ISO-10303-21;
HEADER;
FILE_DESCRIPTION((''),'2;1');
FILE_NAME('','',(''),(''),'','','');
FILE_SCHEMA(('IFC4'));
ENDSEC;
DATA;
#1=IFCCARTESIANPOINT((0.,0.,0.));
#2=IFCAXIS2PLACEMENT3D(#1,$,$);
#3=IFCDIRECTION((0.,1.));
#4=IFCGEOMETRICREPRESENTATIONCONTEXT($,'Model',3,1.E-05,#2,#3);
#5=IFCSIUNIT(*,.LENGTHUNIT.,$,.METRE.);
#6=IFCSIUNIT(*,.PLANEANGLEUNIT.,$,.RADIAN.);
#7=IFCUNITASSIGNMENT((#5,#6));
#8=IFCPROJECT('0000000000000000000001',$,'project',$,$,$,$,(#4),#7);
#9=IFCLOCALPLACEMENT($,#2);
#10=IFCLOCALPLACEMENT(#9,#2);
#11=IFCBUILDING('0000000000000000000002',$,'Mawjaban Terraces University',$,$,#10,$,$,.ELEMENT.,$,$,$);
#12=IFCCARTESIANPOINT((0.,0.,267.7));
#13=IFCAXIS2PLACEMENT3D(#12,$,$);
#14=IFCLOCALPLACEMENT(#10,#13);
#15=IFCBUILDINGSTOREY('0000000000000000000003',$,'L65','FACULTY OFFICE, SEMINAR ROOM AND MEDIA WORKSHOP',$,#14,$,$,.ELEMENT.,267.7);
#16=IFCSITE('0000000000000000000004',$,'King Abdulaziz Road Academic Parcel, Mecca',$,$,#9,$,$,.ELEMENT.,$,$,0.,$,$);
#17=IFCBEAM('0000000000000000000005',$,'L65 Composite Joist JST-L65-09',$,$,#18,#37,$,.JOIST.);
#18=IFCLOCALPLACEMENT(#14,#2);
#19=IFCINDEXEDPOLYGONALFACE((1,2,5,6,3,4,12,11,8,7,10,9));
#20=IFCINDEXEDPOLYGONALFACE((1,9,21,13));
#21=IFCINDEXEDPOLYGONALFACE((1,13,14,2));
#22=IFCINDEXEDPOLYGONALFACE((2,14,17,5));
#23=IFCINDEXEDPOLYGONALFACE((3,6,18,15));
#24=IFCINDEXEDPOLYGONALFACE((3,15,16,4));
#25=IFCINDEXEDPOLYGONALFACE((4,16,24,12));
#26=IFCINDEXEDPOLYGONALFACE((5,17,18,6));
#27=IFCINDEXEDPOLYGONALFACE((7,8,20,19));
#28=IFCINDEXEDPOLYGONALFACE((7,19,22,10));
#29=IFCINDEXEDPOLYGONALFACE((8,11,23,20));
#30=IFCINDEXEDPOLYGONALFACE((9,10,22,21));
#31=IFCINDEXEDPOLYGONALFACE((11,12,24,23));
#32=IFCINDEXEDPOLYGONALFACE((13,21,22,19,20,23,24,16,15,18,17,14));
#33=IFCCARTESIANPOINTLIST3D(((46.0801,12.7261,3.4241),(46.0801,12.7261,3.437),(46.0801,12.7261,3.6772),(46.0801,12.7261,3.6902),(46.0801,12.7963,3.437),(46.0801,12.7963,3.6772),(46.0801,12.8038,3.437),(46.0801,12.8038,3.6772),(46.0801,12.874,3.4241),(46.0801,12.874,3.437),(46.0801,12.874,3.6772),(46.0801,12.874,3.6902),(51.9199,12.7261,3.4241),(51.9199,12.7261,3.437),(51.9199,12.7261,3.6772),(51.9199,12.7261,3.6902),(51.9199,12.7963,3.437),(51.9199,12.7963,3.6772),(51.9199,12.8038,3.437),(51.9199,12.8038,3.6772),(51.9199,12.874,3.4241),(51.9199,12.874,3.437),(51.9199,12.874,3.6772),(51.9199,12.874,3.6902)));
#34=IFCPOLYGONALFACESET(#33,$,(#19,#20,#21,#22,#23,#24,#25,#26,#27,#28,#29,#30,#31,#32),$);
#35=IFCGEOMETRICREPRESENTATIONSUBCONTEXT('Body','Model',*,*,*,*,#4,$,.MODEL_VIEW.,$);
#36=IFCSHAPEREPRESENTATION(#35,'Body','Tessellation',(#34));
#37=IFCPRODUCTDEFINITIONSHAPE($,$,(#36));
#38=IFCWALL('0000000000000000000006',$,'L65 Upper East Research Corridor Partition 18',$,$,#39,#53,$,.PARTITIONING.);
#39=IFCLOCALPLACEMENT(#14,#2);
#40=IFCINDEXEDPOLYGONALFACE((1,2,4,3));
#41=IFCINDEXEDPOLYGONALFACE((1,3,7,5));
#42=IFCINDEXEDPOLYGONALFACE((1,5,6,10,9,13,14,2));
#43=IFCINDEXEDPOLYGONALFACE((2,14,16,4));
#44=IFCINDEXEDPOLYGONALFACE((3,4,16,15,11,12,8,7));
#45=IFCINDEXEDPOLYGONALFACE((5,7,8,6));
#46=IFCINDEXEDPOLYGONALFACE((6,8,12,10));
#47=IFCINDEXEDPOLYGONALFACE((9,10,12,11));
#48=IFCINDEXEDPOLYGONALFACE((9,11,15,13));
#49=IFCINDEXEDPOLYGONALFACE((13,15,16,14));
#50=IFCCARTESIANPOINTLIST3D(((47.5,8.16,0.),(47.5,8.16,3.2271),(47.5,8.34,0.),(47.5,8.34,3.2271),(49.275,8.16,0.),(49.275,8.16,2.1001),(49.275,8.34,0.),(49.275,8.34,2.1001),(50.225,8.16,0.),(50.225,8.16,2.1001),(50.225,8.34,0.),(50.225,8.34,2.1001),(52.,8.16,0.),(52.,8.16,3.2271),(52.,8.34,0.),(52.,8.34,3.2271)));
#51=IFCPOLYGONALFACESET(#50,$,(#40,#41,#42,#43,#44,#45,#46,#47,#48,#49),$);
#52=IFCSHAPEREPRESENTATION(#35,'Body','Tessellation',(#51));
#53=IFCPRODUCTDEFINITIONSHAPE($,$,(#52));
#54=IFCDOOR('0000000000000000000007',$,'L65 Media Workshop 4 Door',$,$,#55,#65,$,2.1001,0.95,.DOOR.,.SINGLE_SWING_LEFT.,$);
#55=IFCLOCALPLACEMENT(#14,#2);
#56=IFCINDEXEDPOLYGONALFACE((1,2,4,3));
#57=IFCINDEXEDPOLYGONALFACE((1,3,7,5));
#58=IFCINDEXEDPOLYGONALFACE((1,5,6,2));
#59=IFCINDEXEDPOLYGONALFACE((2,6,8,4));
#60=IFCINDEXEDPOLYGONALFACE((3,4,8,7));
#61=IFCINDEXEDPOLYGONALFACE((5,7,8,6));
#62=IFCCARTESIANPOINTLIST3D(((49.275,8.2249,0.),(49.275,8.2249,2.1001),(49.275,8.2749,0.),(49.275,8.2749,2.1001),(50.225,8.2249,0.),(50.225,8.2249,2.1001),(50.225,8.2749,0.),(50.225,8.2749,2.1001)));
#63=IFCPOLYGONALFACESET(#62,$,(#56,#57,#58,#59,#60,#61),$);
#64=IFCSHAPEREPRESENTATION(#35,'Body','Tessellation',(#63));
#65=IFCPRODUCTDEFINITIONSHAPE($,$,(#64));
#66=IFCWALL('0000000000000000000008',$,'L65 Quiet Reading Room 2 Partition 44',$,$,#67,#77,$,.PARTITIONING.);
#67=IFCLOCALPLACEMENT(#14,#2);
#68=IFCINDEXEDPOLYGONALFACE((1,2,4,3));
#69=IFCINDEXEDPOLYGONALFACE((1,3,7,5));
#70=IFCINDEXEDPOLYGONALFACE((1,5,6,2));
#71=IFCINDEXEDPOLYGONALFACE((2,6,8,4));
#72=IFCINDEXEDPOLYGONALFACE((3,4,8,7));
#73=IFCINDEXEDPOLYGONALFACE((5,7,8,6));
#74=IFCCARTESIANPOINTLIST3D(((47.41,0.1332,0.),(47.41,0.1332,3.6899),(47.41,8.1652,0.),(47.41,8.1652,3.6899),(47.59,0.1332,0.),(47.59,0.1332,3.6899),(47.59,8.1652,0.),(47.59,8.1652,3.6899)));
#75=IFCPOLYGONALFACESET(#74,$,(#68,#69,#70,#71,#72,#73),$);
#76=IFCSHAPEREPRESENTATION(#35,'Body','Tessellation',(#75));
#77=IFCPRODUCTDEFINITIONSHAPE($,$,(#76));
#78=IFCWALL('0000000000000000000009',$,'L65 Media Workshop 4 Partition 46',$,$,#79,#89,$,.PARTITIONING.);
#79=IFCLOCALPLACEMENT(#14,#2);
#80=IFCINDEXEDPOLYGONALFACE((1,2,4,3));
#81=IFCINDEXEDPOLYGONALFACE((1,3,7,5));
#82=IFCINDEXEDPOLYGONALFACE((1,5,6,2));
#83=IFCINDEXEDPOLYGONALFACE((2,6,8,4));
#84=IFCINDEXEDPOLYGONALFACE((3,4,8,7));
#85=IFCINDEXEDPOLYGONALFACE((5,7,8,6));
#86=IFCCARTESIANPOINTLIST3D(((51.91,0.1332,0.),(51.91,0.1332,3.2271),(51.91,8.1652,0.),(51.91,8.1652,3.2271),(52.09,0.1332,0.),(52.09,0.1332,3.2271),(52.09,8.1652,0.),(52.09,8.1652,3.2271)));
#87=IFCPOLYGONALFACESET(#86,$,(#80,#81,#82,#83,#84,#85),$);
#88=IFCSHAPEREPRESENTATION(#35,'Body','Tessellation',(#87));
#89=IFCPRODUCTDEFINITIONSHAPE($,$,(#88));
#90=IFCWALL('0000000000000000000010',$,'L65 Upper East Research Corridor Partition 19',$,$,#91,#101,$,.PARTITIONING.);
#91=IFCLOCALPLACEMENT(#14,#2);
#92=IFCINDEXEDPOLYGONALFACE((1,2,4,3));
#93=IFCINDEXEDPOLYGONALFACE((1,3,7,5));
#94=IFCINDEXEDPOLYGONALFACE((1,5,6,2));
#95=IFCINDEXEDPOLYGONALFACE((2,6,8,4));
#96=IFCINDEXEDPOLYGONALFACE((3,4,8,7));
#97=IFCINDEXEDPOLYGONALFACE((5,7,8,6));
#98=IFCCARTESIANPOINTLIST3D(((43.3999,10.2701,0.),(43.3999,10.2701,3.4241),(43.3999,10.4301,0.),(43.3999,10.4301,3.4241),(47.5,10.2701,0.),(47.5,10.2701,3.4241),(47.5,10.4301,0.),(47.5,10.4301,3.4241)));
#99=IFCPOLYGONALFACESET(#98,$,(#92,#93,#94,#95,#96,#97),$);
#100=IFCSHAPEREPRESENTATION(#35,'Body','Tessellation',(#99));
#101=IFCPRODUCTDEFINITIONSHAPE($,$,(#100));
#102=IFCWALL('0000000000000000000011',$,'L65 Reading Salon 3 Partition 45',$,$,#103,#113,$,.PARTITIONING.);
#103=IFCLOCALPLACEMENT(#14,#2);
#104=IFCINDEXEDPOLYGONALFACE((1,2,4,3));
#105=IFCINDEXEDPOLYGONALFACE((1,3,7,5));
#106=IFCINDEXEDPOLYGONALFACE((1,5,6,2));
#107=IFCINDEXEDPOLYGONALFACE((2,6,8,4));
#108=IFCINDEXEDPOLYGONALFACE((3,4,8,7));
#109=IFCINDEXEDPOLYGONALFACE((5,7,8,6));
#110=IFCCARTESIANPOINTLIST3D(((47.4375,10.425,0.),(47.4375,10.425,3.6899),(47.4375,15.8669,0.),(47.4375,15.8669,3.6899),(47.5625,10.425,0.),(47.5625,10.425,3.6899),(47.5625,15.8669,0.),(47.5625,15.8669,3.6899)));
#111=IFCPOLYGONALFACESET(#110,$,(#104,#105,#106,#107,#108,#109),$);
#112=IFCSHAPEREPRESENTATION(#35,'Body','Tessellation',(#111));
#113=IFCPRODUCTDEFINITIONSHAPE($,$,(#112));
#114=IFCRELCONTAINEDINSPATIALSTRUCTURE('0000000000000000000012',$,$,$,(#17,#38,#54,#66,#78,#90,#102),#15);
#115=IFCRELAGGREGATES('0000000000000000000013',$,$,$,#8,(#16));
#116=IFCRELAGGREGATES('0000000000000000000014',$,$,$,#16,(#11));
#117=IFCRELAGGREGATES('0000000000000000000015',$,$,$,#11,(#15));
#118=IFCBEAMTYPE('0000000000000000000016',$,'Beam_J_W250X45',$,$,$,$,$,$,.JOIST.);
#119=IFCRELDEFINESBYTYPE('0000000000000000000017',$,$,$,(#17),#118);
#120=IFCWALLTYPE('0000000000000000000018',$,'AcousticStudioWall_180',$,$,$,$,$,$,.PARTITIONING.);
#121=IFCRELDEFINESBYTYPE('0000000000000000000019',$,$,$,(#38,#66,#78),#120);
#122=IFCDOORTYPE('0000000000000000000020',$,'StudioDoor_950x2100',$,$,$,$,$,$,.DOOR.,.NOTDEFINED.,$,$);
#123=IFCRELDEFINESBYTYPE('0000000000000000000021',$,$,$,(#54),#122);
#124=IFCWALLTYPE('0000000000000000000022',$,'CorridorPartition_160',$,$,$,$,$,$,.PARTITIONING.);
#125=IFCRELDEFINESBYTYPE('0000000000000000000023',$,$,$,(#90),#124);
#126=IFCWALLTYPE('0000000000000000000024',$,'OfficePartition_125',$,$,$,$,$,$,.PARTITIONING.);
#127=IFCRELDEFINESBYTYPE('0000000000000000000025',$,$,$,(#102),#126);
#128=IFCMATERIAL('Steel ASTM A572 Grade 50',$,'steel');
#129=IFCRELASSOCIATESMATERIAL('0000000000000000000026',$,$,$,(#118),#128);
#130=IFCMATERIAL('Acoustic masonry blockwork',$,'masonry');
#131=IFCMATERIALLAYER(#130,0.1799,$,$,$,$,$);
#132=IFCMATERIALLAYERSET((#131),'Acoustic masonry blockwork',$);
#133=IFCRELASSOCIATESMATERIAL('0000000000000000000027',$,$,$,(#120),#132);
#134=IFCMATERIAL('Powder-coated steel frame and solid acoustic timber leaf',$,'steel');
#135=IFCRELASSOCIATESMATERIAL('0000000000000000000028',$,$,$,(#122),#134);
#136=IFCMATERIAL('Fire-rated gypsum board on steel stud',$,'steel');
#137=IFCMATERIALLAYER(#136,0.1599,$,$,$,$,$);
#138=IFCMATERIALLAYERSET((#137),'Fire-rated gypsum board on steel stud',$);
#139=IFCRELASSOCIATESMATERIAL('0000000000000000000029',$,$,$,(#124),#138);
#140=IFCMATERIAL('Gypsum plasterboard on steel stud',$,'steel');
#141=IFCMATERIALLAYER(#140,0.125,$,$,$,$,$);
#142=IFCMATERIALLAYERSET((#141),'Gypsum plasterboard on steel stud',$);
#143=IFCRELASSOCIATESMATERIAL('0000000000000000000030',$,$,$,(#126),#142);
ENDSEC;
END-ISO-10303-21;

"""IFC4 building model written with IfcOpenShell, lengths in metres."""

from ifc_helpers import new_model, si_unit, direction, frame, frame_2d, origin, origin_2d, place, context, subcontext, project, spatial, rectangle, i_section, extrude, material, layer, layer_set, material_profile, profile_set, type_object, element, fill, save


model = new_model("IFC4")

# Units and contexts
model_context = context("Model", 3, precision=1e-05, world=origin(), true_north=direction((0.0, 1.0)))
body_context = subcontext(model_context, "Body", "Model", "MODEL_VIEW")
ifc_project = project(units=[si_unit("LENGTHUNIT", "METRE"), si_unit("PLANEANGLEUNIT", "RADIAN")], contexts=[model_context])

# Site, building, storey
site_placement = place(None, origin())
site = spatial("IfcSite", under=ifc_project, at=site_placement, Name="King Abdulaziz Road Academic Parcel, Mecca", CompositionType="ELEMENT", RefElevation=0.0)
building_placement = place(site_placement, origin())
building = spatial("IfcBuilding", under=site, at=building_placement, Name="Mawjaban Terraces University", CompositionType="ELEMENT")
storey_placement = place(building_placement, frame((0.0, 0.0, 267.7)))
storey = spatial("IfcBuildingStorey", under=building, at=storey_placement, Name="L65", Description="FACULTY OFFICE, SEMINAR ROOM AND MEDIA WORKSHOP", CompositionType="ELEMENT", Elevation=267.7)

# Beam
ifc_material_1 = material(Name="Steel ASTM A572 Grade 50", Category="steel")
ifc_material_profile_1 = material_profile(ifc_material_1, i_section(OverallWidth=0.1479, OverallDepth=0.2661, WebThickness=0.0076, FlangeThickness=0.0129, at=origin_2d()), Name="W250X45")
ifc_profile_set_1 = profile_set([ifc_material_profile_1], Name="Steel ASTM A572 Grade 50")
beam_type_1 = type_object("IfcBeamType", Name="Beam_J_W250X45", PredefinedType="JOIST", material=ifc_profile_set_1)
for number, where, z_axis, x_axis, name in (
    (1, (46.0801, 12.8, 3.5571), (1.0, 0.0, 0.0), (0.0, 1.0, 0.0), "L65 Composite Joist JST-L65-09"),
):
    element("IfcBeam", number, at=place(storey_placement, frame(where, z_axis=z_axis, x_axis=x_axis)), inside=storey, type_object=beam_type_1, Name=name, PredefinedType="JOIST", context=body_context, shape_type="SweptSolid", body=[
        extrude(i_section(OverallWidth=0.1479, OverallDepth=0.2661, WebThickness=0.0076, FlangeThickness=0.0129, at=origin_2d()), origin(), (0.0, 0.0, 1.0), 5.8398),
    ])

# Wall, opening, door
ifc_material_2 = material(Name="Acoustic masonry blockwork", Category="masonry")
ifc_layer_1 = layer(ifc_material_2, 0.1799)
ifc_layer_set_1 = layer_set([ifc_layer_1], Name="Acoustic masonry blockwork")
wall_type_1 = type_object("IfcWallType", Name="AcousticStudioWall_180", PredefinedType="PARTITIONING", material=ifc_layer_set_1)
wall_1_placement = place(storey_placement, frame((47.5, 8.25, 0.0), z_axis=(0.0, 0.0, 1.0), x_axis=(1.0, 0.0, 0.0)))
wall_1 = element("IfcWall", 2, at=wall_1_placement, inside=storey, type_object=wall_type_1, Name="L65 Upper East Research Corridor Partition 18", PredefinedType="PARTITIONING", context=body_context, shape_type="SweptSolid", body=[
    extrude(rectangle(XDim=4.5, YDim=0.1799, at=frame_2d((2.25, 0.0))), origin(), (0.0, 0.0, 1.0), 3.2271),
])
opening_placement = place(wall_1_placement, frame((1.7749, 0.0, 0.0)))
opening = element("IfcOpeningElement", 3, at=opening_placement, cuts=wall_1, PredefinedType="OPENING", context=body_context, shape_type="SweptSolid", body=[
    extrude(rectangle(XDim=0.95, YDim=2.1001, at=frame_2d((0.4751, 1.05))), frame((0.0, 0.0999, 0.0), z_axis=(0.0, -1.0, 0.0), x_axis=(1.0, 0.0, 0.0)), (0.0, 0.0, 1.0), 0.2),
])
ifc_material_3 = material(Name="Powder-coated steel frame and solid acoustic timber leaf", Category="steel")
door_type = type_object("IfcDoorType", Name="StudioDoor_950x2100", OperationType="NOTDEFINED", PredefinedType="DOOR", material=ifc_material_3)
door_placement = place(opening_placement, origin())
door = element("IfcDoor", 4, at=door_placement, inside=storey, type_object=door_type, Name="L65 Media Workshop 4 Door", OperationType="SINGLE_SWING_LEFT", OverallHeight=2.1001, OverallWidth=0.95, PredefinedType="DOOR", context=body_context, shape_type="SweptSolid", body=[
    extrude(rectangle(XDim=0.95, YDim=2.1001, at=frame_2d((0.4751, 1.05))), frame((0.0, 0.0249, 0.0), z_axis=(0.0, -1.0, 0.0), x_axis=(1.0, 0.0, 0.0)), (0.0, 0.0, 1.0), 0.05),
])
fill(opening, door)

# Walls
wall_2_placement = place(storey_placement, frame((47.5, 0.1331, 0.0), z_axis=(0.0, 0.0, 1.0), x_axis=(0.0, 1.0, 0.0)))
element("IfcWall", 5, at=wall_2_placement, inside=storey, type_object=wall_type_1, Name="L65 Quiet Reading Room 2 Partition 44", PredefinedType="PARTITIONING", context=body_context, shape_type="SweptSolid", body=[
    extrude(rectangle(XDim=8.032, YDim=0.1799, at=frame_2d((4.0161, 0.0))), origin(), (0.0, 0.0, 1.0), 3.6899),
])
wall_3_placement = place(storey_placement, frame((52.0, 0.1331, 0.0), z_axis=(0.0, 0.0, 1.0), x_axis=(0.0, 1.0, 0.0)))
element("IfcWall", 6, at=wall_3_placement, inside=storey, type_object=wall_type_1, Name="L65 Media Workshop 4 Partition 46", PredefinedType="PARTITIONING", context=body_context, shape_type="SweptSolid", body=[
    extrude(rectangle(XDim=8.032, YDim=0.1799, at=frame_2d((4.0161, 0.0))), origin(), (0.0, 0.0, 1.0), 3.2271),
])
ifc_material_4 = material(Name="Fire-rated gypsum board on steel stud", Category="steel")
ifc_layer_2 = layer(ifc_material_4, 0.1599)
ifc_layer_set_2 = layer_set([ifc_layer_2], Name="Fire-rated gypsum board on steel stud")
wall_type_2 = type_object("IfcWallType", Name="CorridorPartition_160", PredefinedType="PARTITIONING", material=ifc_layer_set_2)
wall_4_placement = place(storey_placement, frame((47.5, 10.3501, 0.0), z_axis=(0.0, 0.0, 1.0), x_axis=(-1.0, 0.0, 0.0)))
element("IfcWall", 7, at=wall_4_placement, inside=storey, type_object=wall_type_2, Name="L65 Upper East Research Corridor Partition 19", PredefinedType="PARTITIONING", context=body_context, shape_type="SweptSolid", body=[
    extrude(rectangle(XDim=4.1001, YDim=0.1599, at=frame_2d((2.05, 0.0))), origin(), (0.0, 0.0, 1.0), 3.4241),
])
ifc_material_5 = material(Name="Gypsum plasterboard on steel stud", Category="steel")
ifc_layer_3 = layer(ifc_material_5, 0.125)
ifc_layer_set_3 = layer_set([ifc_layer_3], Name="Gypsum plasterboard on steel stud")
wall_type_3 = type_object("IfcWallType", Name="OfficePartition_125", PredefinedType="PARTITIONING", material=ifc_layer_set_3)
wall_5_placement = place(storey_placement, frame((47.5, 10.425, 0.0), z_axis=(0.0, 0.0, 1.0), x_axis=(0.0, 1.0, 0.0)))
element("IfcWall", 8, at=wall_5_placement, inside=storey, type_object=wall_type_3, Name="L65 Reading Salon 3 Partition 45", PredefinedType="PARTITIONING", context=body_context, shape_type="SweptSolid", body=[
    extrude(rectangle(XDim=5.4419, YDim=0.125, at=frame_2d((2.7209, 0.0))), origin(), (0.0, 0.0, 1.0), 3.6899),
])

save(model, "model.ifc")
